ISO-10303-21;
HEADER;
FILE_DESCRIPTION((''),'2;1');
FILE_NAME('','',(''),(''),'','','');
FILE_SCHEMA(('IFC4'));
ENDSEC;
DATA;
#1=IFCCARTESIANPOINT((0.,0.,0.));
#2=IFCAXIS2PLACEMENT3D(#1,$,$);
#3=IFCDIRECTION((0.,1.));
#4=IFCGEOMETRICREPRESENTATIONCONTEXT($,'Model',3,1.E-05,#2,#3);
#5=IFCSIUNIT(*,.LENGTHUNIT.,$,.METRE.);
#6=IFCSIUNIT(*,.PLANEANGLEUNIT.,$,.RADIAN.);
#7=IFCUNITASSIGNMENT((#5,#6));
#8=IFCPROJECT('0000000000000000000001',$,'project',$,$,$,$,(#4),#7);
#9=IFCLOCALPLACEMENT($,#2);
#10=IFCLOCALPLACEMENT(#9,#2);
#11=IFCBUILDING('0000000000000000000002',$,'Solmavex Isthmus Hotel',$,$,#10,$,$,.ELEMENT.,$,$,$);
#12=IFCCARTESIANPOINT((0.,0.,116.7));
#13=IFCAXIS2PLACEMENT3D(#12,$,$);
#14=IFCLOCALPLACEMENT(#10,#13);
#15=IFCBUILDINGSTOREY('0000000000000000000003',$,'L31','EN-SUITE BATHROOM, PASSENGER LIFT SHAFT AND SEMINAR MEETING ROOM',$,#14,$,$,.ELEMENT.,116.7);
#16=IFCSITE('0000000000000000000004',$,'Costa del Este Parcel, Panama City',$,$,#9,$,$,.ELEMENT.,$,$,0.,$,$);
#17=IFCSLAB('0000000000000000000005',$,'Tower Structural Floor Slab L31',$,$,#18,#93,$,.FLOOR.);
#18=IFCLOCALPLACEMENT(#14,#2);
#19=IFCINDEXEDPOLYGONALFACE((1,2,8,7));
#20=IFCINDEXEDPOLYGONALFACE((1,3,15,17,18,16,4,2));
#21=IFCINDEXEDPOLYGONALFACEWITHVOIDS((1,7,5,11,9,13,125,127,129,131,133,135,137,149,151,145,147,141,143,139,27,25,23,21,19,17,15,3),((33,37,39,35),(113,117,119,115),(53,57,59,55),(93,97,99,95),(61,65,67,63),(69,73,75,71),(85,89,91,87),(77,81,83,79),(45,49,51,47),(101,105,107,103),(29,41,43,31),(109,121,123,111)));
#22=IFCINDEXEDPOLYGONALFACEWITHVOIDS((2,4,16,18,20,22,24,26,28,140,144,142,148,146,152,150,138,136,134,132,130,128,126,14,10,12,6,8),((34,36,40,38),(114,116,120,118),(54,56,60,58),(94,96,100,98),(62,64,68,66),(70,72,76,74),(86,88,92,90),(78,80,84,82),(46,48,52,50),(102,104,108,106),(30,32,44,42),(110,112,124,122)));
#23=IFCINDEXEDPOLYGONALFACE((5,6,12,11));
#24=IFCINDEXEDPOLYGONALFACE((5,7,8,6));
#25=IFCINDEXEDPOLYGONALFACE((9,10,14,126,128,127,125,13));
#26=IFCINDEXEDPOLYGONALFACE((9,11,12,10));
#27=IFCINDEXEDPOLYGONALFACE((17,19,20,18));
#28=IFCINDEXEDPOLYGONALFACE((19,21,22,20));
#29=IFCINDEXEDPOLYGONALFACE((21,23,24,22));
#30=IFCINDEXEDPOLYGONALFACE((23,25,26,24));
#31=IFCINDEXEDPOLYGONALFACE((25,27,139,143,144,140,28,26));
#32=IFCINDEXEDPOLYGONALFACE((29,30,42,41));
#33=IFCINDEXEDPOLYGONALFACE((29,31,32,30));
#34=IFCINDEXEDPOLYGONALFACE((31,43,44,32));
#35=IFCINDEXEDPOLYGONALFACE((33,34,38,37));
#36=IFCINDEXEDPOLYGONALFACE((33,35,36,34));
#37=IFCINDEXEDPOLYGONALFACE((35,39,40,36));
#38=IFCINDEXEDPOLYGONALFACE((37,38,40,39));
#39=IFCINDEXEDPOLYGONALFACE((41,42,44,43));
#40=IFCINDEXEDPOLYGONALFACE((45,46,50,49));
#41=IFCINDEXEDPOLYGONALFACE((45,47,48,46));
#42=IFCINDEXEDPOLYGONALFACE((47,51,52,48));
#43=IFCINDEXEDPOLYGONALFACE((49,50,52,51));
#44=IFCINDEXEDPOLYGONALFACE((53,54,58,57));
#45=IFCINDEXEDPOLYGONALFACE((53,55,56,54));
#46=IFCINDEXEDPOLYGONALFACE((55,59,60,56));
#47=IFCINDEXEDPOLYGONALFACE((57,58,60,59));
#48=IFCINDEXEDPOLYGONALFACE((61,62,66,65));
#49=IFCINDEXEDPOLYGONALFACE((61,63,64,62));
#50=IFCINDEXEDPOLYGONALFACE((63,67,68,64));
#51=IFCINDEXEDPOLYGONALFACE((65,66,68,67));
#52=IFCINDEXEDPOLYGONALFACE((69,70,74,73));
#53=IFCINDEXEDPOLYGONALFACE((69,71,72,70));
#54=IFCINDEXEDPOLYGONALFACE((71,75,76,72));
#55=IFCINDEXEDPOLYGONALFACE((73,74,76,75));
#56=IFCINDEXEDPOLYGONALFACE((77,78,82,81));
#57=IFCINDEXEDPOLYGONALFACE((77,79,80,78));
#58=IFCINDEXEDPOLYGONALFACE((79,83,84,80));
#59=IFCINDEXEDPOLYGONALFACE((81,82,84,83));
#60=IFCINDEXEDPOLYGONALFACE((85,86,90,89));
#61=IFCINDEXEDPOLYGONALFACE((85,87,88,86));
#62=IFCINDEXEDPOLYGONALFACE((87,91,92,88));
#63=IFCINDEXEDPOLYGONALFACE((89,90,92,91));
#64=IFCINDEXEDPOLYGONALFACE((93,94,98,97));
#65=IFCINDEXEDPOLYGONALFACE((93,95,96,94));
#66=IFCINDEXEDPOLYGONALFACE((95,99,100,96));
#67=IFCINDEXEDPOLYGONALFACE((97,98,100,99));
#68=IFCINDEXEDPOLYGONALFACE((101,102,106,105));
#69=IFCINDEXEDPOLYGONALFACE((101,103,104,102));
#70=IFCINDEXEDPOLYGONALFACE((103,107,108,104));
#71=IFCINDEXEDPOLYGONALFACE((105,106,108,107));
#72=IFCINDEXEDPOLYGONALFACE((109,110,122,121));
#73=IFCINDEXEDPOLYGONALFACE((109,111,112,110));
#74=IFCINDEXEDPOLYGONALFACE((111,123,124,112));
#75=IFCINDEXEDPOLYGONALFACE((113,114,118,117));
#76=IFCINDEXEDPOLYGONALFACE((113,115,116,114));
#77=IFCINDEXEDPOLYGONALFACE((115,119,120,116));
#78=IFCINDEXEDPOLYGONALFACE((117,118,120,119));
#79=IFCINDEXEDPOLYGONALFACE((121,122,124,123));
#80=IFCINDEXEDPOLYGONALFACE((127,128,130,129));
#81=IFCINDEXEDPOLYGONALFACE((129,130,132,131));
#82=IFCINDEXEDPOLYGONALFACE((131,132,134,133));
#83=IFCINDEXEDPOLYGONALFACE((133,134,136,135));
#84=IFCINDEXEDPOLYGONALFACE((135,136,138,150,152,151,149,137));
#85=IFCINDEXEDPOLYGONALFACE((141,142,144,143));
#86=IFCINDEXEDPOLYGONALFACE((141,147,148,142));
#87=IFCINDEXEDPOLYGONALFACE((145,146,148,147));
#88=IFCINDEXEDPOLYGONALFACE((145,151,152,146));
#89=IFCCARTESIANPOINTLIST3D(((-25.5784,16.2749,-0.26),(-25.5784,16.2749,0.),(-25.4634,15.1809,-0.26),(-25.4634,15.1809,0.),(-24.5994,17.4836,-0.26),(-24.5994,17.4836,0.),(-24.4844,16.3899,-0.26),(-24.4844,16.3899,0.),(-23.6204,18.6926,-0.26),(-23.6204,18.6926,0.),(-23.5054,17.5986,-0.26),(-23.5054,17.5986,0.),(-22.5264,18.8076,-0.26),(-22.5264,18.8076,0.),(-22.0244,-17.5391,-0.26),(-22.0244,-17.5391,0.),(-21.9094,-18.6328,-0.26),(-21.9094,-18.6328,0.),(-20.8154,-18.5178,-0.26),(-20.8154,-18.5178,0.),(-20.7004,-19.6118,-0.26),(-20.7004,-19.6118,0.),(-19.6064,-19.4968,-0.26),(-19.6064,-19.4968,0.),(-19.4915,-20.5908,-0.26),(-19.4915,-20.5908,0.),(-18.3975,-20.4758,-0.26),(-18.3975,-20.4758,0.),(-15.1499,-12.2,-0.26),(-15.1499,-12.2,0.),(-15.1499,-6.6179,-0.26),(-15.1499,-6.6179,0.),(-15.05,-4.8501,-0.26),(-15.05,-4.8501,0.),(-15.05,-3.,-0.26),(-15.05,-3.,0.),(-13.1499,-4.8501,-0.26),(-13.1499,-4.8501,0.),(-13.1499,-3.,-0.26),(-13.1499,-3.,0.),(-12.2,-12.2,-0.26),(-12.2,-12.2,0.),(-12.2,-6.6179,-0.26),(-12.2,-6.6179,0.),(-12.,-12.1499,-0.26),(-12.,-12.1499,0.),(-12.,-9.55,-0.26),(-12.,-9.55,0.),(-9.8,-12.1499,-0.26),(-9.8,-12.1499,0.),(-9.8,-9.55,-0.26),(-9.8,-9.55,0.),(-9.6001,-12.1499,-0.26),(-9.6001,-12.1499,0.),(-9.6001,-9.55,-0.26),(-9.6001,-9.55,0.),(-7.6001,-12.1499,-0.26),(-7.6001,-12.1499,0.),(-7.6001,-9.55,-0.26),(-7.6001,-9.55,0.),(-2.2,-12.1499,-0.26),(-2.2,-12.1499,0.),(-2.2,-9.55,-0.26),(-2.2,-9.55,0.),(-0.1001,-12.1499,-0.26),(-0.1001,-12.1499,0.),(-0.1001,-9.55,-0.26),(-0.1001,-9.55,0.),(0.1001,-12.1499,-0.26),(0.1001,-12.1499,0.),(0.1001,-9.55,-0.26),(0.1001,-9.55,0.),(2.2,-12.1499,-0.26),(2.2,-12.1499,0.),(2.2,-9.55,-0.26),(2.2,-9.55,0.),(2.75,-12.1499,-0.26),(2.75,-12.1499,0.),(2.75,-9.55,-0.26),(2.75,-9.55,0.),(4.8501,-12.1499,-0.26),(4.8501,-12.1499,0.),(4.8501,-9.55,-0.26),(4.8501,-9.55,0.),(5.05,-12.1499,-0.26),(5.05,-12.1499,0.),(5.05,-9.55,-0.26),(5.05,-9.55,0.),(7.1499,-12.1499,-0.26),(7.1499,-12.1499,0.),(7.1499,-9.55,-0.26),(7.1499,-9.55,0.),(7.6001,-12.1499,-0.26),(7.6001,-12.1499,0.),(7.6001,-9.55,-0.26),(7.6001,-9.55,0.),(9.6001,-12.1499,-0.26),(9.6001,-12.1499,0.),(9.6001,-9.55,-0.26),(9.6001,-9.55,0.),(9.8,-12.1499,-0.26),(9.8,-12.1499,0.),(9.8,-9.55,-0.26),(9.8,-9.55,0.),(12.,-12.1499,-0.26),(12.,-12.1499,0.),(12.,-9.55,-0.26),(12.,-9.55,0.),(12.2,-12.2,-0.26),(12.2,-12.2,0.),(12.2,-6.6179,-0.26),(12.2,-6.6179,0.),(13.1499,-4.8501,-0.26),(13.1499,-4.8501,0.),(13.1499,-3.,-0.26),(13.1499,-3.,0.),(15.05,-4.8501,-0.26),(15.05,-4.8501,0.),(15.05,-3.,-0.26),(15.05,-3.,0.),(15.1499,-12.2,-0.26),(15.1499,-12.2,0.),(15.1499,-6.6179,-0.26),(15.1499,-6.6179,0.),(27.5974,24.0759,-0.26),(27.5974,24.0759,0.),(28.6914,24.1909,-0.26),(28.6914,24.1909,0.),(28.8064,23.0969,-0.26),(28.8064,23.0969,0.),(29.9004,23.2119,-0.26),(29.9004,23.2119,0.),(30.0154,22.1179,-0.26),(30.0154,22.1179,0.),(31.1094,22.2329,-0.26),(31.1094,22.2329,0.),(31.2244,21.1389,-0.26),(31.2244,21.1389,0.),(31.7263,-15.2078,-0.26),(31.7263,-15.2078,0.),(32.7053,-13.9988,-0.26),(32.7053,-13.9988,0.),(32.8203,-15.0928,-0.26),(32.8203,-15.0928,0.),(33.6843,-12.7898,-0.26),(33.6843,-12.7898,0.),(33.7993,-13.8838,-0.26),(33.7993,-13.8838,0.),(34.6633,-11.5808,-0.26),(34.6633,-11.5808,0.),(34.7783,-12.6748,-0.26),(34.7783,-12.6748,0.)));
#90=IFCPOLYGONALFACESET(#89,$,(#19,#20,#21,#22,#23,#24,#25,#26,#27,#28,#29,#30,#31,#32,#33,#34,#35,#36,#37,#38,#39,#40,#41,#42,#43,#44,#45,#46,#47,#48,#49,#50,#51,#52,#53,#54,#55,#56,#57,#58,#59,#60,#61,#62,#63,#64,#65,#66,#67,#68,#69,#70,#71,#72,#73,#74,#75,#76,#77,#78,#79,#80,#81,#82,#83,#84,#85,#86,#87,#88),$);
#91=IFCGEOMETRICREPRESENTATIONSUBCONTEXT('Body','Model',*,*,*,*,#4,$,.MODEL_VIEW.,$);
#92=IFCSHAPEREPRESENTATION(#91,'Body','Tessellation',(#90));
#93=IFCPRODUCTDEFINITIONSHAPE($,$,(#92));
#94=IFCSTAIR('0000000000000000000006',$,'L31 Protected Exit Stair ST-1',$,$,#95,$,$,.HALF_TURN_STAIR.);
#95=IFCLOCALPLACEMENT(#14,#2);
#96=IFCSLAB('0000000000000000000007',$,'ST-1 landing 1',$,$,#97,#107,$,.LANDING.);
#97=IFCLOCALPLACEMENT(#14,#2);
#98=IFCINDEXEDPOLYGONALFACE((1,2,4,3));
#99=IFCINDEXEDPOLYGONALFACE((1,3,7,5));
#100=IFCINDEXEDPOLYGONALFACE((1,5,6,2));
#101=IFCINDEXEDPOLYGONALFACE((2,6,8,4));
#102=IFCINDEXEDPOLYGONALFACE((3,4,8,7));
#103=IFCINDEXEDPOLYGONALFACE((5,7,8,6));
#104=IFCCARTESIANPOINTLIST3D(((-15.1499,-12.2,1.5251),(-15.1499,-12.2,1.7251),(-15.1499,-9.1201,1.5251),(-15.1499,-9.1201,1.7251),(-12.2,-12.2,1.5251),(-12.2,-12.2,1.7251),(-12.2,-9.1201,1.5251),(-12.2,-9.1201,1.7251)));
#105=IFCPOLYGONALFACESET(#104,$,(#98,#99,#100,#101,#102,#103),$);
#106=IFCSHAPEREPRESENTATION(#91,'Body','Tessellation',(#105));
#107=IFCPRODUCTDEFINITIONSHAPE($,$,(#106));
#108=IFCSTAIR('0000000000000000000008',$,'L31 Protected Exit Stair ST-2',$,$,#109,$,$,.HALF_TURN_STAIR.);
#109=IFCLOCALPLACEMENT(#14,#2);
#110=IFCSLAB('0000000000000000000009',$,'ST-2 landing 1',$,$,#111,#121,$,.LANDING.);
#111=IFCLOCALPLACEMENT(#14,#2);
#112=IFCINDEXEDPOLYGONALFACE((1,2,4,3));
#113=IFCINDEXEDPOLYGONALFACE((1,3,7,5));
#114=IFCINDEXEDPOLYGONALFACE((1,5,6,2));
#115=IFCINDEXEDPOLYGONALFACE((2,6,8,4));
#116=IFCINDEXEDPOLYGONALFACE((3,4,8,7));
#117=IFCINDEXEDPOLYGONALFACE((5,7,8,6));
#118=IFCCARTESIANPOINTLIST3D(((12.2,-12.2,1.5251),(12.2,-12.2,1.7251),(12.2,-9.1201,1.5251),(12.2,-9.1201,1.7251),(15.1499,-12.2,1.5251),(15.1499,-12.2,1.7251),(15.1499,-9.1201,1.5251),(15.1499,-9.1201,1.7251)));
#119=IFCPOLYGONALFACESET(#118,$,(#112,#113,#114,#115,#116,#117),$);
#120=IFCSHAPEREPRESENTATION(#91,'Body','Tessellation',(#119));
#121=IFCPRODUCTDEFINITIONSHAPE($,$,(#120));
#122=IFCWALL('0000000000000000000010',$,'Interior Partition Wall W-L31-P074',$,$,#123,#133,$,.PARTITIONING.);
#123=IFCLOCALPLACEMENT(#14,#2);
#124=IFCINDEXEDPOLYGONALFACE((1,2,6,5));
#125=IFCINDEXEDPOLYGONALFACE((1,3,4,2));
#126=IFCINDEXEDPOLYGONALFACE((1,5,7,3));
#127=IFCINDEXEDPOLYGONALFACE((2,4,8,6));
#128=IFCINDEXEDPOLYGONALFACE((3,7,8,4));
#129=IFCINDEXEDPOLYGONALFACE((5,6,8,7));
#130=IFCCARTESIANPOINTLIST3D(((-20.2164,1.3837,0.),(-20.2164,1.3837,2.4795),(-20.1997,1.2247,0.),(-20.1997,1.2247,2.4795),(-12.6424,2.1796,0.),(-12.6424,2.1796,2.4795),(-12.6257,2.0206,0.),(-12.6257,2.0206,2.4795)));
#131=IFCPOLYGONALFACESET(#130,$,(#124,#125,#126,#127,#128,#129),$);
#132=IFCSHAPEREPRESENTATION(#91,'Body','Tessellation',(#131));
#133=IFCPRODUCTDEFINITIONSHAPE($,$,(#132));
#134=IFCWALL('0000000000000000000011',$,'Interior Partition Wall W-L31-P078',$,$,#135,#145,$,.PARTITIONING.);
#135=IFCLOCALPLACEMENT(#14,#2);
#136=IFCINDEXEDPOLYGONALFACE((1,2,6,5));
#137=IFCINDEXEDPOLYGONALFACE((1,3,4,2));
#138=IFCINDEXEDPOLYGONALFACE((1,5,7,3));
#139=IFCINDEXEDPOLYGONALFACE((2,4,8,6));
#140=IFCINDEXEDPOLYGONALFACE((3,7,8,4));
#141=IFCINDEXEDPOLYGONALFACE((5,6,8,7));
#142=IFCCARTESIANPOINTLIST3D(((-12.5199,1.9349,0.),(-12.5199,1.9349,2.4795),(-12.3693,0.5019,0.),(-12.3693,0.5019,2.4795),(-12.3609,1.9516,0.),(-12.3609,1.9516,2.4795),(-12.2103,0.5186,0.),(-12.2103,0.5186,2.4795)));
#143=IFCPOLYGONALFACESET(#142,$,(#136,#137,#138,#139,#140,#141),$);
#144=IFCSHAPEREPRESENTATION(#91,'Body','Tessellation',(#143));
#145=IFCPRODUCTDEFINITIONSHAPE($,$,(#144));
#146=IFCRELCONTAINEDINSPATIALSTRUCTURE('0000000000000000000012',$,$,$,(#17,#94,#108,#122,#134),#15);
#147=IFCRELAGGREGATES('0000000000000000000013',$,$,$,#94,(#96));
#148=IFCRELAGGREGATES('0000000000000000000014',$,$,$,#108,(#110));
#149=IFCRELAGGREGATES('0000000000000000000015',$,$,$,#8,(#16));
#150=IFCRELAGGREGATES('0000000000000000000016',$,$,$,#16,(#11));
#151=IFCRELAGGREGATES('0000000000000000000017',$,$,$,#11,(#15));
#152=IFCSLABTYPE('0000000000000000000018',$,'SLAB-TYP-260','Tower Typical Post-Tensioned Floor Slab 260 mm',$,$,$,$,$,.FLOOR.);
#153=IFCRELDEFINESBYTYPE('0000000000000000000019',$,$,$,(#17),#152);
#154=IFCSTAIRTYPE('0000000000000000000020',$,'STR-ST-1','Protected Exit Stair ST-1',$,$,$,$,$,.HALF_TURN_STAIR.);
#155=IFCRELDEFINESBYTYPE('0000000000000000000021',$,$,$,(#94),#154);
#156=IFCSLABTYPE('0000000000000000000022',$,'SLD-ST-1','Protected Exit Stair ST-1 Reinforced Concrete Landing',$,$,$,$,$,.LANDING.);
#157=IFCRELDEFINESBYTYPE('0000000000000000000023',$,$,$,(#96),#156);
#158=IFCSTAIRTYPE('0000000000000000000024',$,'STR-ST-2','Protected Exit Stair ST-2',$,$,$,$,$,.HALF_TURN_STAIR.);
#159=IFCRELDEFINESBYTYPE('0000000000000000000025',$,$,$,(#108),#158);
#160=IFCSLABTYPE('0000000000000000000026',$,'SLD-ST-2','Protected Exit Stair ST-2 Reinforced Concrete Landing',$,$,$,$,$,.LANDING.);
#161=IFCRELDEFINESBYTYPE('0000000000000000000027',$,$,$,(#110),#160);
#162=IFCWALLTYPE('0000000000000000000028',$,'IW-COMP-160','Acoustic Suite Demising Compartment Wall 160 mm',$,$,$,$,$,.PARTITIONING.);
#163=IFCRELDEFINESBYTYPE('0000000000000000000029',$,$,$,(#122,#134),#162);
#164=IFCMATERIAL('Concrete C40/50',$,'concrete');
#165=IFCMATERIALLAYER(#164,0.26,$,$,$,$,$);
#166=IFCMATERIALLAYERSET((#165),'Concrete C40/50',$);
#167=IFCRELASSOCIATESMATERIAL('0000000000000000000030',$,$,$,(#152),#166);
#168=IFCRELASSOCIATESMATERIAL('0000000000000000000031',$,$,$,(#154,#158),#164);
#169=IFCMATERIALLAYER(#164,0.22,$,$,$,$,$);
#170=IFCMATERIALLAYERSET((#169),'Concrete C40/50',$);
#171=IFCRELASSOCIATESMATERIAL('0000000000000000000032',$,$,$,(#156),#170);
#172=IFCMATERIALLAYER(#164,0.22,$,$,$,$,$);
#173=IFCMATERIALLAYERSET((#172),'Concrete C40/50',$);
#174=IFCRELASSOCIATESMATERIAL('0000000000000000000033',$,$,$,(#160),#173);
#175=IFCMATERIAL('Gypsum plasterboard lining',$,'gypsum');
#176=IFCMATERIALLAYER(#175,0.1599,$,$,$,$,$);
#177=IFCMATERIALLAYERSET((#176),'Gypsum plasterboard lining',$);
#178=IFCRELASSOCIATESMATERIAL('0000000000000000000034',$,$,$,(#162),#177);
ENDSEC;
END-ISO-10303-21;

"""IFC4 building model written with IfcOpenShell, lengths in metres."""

from ifc_helpers import new_model, si_unit, direction, frame, frame_2d, origin, place, context, subcontext, project, spatial, polyline, rectangle, outline, extrude, material, layer, layer_set, type_object, element, aggregate, save


model = new_model("IFC4")

# Units and contexts
model_context = context("Model", 3, precision=1e-05, world=origin(), true_north=direction((0.0, 1.0)))
body_context = subcontext(model_context, "Body", "Model", "MODEL_VIEW")
ifc_project = project(units=[si_unit("LENGTHUNIT", "METRE"), si_unit("PLANEANGLEUNIT", "RADIAN")], contexts=[model_context])

# Site, building, storey
site_placement = place(None, origin())
site = spatial("IfcSite", under=ifc_project, at=site_placement, Name="Costa del Este Parcel, Panama City", CompositionType="ELEMENT", RefElevation=0.0)
building_placement = place(site_placement, origin())
building = spatial("IfcBuilding", under=site, at=building_placement, Name="Solmavex Isthmus Hotel", CompositionType="ELEMENT")
storey_placement = place(building_placement, frame((0.0, 0.0, 116.7)))
storey = spatial("IfcBuildingStorey", under=building, at=storey_placement, Name="L31", Description="EN-SUITE BATHROOM, PASSENGER LIFT SHAFT AND SEMINAR MEETING ROOM", CompositionType="ELEMENT", Elevation=116.7)

# Slab
ifc_material_1 = material(Name="Concrete C40/50", Category="concrete")
ifc_layer_1 = layer(ifc_material_1, 0.26)
ifc_layer_set_1 = layer_set([ifc_layer_1], Name="Concrete C40/50")
slab_type_1 = type_object("IfcSlabType", Name="SLAB-TYP-260", Description="Tower Typical Post-Tensioned Floor Slab 260 mm", PredefinedType="FLOOR", material=ifc_layer_set_1)
slab_1_placement = place(storey_placement, frame((0.0, 0.0, -0.26)))
element("IfcSlab", 1, at=slab_1_placement, inside=storey, type_object=slab_type_1, Name="Tower Structural Floor Slab L31", PredefinedType="FLOOR", context=body_context, shape_type="SweptSolid", body=[
    extrude(outline(polyline([(-18.3975, -20.4758), (31.7263, -15.2078), (32.8203, -15.0928), (32.7053, -13.9988), (33.7993, -13.8838), (33.6843, -12.7898), (34.7783, -12.6748), (34.6633, -11.5808), (31.2244, 21.1389), (31.1094, 22.2329), (30.0154, 22.1179), (29.9004, 23.2119), (28.8064, 23.0969), (28.6914, 24.1909), (27.5974, 24.0759), (-22.5264, 18.8076), (-23.6204, 18.6926), (-23.5054, 17.5986), (-24.5994, 17.4836), (-24.4844, 16.3899), (-25.5784, 16.2749), (-25.4634, 15.1809), (-22.0244, -17.5391), (-21.9094, -18.6328), (-20.8154, -18.5178), (-20.7004, -19.6118), (-19.6064, -19.4968), (-19.4915, -20.5908), (-18.3975, -20.4758)]), holes=[polyline([(-15.1499, -6.6179), (-15.1499, -12.2), (-12.2, -12.2), (-12.2, -6.6179), (-15.1499, -6.6179)]), polyline([(12.2, -6.6179), (12.2, -12.2), (15.1499, -12.2), (15.1499, -6.6179), (12.2, -6.6179)]), polyline([(-12.0, -12.1499), (-9.8, -12.1499), (-9.8, -9.55), (-12.0, -9.55), (-12.0, -12.1499)]), polyline([(9.8, -12.1499), (12.0, -12.1499), (12.0, -9.55), (9.8, -9.55), (9.8, -12.1499)]), polyline([(-9.6001, -12.1499), (-7.6001, -12.1499), (-7.6001, -9.55), (-9.6001, -9.55), (-9.6001, -12.1499)]), polyline([(7.6001, -12.1499), (9.6001, -12.1499), (9.6001, -9.55), (7.6001, -9.55), (7.6001, -12.1499)]), polyline([(-2.2, -12.1499), (-0.1001, -12.1499), (-0.1001, -9.55), (-2.2, -9.55), (-2.2, -12.1499)]), polyline([(0.1001, -12.1499), (2.2, -12.1499), (2.2, -9.55), (0.1001, -9.55), (0.1001, -12.1499)]), polyline([(2.75, -12.1499), (4.8501, -12.1499), (4.8501, -9.55), (2.75, -9.55), (2.75, -12.1499)]), polyline([(5.05, -12.1499), (7.1499, -12.1499), (7.1499, -9.55), (5.05, -9.55), (5.05, -12.1499)]), polyline([(-15.05, -4.8501), (-13.1499, -4.8501), (-13.1499, -3.0), (-15.05, -3.0), (-15.05, -4.8501)]), polyline([(13.1499, -4.8501), (15.05, -4.8501), (15.05, -3.0), (13.1499, -3.0), (13.1499, -4.8501)])]), origin(), (0.0, 0.0, 1.0), 0.26),
])

# Stairs, slabs
stair_type_1 = type_object("IfcStairType", Name="STR-ST-1", Description="Protected Exit Stair ST-1", PredefinedType="HALF_TURN_STAIR", material=ifc_material_1)
stair_1_placement = place(storey_placement, origin())
stair_1 = element("IfcStair", 2, at=stair_1_placement, inside=storey, type_object=stair_type_1, Name="L31 Protected Exit Stair ST-1", PredefinedType="HALF_TURN_STAIR")
ifc_layer_2 = layer(ifc_material_1, 0.22)
ifc_layer_set_2 = layer_set([ifc_layer_2], Name="Concrete C40/50")
slab_type_2 = type_object("IfcSlabType", Name="SLD-ST-1", Description="Protected Exit Stair ST-1 Reinforced Concrete Landing", PredefinedType="LANDING", material=ifc_layer_set_2)
slab_2_placement = place(storey_placement, frame((0.0, 0.0, 1.5251)))
slab_2 = element("IfcSlab", 3, at=slab_2_placement, type_object=slab_type_2, Name="ST-1 landing 1", PredefinedType="LANDING", context=body_context, shape_type="SweptSolid", body=[
    extrude(outline(polyline([(-15.1499, -9.1201), (-15.1499, -12.2), (-12.2, -12.2), (-12.2, -9.1201), (-15.1499, -9.1201)])), origin(), (0.0, 0.0, 1.0), 0.2),
])
aggregate(stair_1, [slab_2])
stair_type_2 = type_object("IfcStairType", Name="STR-ST-2", Description="Protected Exit Stair ST-2", PredefinedType="HALF_TURN_STAIR", material=ifc_material_1)
stair_2_placement = place(storey_placement, origin())
stair_2 = element("IfcStair", 4, at=stair_2_placement, inside=storey, type_object=stair_type_2, Name="L31 Protected Exit Stair ST-2", PredefinedType="HALF_TURN_STAIR")
ifc_layer_3 = layer(ifc_material_1, 0.22)
ifc_layer_set_3 = layer_set([ifc_layer_3], Name="Concrete C40/50")
slab_type_3 = type_object("IfcSlabType", Name="SLD-ST-2", Description="Protected Exit Stair ST-2 Reinforced Concrete Landing", PredefinedType="LANDING", material=ifc_layer_set_3)
slab_3_placement = place(storey_placement, frame((0.0, 0.0, 1.5251)))
slab_3 = element("IfcSlab", 5, at=slab_3_placement, type_object=slab_type_3, Name="ST-2 landing 1", PredefinedType="LANDING", context=body_context, shape_type="SweptSolid", body=[
    extrude(outline(polyline([(12.2, -9.1201), (12.2, -12.2), (15.1499, -12.2), (15.1499, -9.1201), (12.2, -9.1201)])), origin(), (0.0, 0.0, 1.0), 0.2),
])
aggregate(stair_2, [slab_3])

# Walls
ifc_material_2 = material(Name="Gypsum plasterboard lining", Category="gypsum")
ifc_layer_4 = layer(ifc_material_2, 0.1599)
ifc_layer_set_4 = layer_set([ifc_layer_4], Name="Gypsum plasterboard lining")
wall_type_1 = type_object("IfcWallType", Name="IW-COMP-160", Description="Acoustic Suite Demising Compartment Wall 160 mm", PredefinedType="PARTITIONING", material=ifc_layer_set_4)
wall_1_placement = place(storey_placement, frame((-12.634, 2.1001, 0.0), z_axis=(0.0, 0.0, 1.0), x_axis=(-0.994524, -0.104508, 0.0)))
element("IfcWall", 6, at=wall_1_placement, inside=storey, type_object=wall_type_1, Name="Interior Partition Wall W-L31-P074", PredefinedType="PARTITIONING", context=body_context, shape_type="SweptSolid", body=[
    extrude(rectangle(XDim=7.6157, YDim=0.1599, at=frame_2d((3.8079, 0.0))), origin(), (0.0, 0.0, 1.0), 2.4795),
])
wall_2_placement = place(storey_placement, frame((-12.2898, 0.5103, 0.0), z_axis=(0.0, 0.0, 1.0), x_axis=(-0.104535, 0.994521, 0.0)))
element("IfcWall", 7, at=wall_2_placement, inside=storey, type_object=wall_type_1, Name="Interior Partition Wall W-L31-P078", PredefinedType="PARTITIONING", context=body_context, shape_type="SweptSolid", body=[
    extrude(rectangle(XDim=1.4409, YDim=0.1599, at=frame_2d((0.7205, 0.0))), origin(), (0.0, 0.0, 1.0), 2.4795),
])

save(model, "model.ifc")
